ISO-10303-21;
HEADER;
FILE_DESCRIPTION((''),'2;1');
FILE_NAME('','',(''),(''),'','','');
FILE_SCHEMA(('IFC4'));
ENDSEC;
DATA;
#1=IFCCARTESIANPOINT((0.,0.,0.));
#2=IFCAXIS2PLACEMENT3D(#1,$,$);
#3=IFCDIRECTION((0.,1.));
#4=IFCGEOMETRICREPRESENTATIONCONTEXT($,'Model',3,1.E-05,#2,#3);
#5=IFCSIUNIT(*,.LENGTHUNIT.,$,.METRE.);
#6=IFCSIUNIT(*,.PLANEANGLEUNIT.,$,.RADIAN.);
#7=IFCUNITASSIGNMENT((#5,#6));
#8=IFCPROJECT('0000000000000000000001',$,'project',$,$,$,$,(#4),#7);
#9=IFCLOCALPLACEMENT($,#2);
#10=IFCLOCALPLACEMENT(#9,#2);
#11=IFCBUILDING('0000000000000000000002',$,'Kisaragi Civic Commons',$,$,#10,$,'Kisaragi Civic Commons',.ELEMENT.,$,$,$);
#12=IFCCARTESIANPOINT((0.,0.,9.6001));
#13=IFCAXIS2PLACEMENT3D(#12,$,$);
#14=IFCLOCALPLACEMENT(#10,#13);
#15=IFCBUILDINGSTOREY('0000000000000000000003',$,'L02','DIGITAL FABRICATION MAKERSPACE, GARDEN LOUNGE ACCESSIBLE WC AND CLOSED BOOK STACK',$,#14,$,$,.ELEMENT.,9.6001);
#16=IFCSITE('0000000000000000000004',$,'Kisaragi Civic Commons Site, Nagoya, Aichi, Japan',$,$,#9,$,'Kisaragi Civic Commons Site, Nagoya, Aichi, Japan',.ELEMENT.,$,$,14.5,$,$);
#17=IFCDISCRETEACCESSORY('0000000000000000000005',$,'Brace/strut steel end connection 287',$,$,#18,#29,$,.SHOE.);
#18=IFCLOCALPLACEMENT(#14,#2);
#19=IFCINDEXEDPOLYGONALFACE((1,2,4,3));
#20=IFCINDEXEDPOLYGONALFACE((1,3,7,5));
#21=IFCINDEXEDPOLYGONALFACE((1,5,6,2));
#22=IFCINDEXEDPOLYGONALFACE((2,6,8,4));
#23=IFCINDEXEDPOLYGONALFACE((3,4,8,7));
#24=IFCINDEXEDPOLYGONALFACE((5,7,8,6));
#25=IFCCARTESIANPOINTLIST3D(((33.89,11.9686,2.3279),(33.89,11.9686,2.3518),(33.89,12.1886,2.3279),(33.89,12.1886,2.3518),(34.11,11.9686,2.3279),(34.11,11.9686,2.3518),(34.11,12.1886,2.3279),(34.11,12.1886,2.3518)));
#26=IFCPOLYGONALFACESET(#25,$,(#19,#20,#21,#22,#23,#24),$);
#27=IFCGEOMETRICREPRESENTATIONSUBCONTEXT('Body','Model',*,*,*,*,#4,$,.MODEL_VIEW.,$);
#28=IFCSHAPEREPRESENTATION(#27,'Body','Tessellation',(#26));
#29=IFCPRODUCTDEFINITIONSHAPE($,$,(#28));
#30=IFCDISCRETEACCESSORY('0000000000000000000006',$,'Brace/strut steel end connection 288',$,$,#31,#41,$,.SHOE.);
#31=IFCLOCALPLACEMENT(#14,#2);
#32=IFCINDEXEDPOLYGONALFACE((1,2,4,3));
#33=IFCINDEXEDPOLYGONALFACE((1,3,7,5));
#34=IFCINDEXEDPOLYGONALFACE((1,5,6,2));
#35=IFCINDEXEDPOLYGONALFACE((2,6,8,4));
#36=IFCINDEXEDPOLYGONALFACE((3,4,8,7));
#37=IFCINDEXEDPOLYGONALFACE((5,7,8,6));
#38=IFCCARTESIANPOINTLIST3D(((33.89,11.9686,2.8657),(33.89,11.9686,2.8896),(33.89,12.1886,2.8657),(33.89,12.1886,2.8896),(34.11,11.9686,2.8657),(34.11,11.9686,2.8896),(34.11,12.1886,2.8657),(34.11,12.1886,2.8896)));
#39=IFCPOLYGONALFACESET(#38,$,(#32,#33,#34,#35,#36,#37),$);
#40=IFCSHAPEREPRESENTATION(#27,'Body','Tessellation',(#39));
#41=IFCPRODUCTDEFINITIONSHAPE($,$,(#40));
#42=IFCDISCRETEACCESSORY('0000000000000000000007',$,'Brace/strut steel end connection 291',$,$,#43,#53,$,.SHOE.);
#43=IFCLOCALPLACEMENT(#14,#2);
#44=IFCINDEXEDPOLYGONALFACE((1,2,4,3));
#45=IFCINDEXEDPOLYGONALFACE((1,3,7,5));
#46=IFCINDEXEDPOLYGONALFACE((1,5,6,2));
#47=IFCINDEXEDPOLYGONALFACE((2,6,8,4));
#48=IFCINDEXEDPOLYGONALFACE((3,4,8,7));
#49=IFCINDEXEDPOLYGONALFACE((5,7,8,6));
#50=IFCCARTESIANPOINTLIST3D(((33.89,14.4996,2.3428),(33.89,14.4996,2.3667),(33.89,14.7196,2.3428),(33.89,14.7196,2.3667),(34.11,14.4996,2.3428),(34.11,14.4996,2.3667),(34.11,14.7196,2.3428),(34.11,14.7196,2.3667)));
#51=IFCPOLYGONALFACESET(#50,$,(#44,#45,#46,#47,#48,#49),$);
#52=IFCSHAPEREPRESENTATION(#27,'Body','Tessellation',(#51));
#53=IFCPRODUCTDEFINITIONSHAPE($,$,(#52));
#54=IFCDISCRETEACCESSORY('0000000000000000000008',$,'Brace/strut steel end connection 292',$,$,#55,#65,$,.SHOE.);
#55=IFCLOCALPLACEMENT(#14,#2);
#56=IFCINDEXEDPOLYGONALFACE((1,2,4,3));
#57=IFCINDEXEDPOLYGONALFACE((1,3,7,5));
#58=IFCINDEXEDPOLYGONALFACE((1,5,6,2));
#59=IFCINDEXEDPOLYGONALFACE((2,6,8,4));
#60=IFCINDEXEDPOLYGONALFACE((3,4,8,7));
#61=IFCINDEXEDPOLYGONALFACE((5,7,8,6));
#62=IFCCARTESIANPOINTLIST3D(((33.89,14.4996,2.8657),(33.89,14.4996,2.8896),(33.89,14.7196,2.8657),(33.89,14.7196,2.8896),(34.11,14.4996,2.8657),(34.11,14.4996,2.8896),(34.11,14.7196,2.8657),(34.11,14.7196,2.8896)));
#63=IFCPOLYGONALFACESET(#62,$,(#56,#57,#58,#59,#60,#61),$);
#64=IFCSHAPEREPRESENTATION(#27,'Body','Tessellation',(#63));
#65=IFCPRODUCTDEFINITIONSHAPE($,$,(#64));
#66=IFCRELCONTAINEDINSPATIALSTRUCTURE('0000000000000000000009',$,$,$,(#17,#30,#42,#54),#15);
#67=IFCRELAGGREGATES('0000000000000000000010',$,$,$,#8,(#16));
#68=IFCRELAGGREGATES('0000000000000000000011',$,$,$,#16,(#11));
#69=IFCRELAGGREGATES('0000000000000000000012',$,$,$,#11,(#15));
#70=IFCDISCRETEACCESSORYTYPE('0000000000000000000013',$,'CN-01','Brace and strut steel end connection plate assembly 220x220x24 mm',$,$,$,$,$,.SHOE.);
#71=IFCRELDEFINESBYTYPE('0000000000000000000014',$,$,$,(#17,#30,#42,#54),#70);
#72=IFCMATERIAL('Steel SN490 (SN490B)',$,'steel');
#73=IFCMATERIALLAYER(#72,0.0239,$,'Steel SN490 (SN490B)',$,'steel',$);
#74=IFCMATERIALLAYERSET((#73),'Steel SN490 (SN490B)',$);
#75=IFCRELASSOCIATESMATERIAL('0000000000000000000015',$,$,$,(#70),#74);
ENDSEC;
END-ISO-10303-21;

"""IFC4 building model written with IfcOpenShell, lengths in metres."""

from ifc_helpers import new_model, si_unit, direction, frame, origin, origin_2d, place, context, subcontext, project, spatial, rectangle, extrude, material, layer, layer_set, type_object, element, save


model = new_model("IFC4")

# Units and contexts
model_context = context("Model", 3, precision=1e-05, world=origin(), true_north=direction((0.0, 1.0)))
body_context = subcontext(model_context, "Body", "Model", "MODEL_VIEW")
ifc_project = project(units=[si_unit("LENGTHUNIT", "METRE"), si_unit("PLANEANGLEUNIT", "RADIAN")], contexts=[model_context])

# Site, building, storey
site_placement = place(None, origin())
site = spatial("IfcSite", under=ifc_project, at=site_placement, Name="Kisaragi Civic Commons Site, Nagoya, Aichi, Japan", LongName="Kisaragi Civic Commons Site, Nagoya, Aichi, Japan", CompositionType="ELEMENT", RefElevation=14.5)
building_placement = place(site_placement, origin())
building = spatial("IfcBuilding", under=site, at=building_placement, Name="Kisaragi Civic Commons", LongName="Kisaragi Civic Commons", CompositionType="ELEMENT")
storey_placement = place(building_placement, frame((0.0, 0.0, 9.6001)))
storey = spatial("IfcBuildingStorey", under=building, at=storey_placement, Name="L02", Description="DIGITAL FABRICATION MAKERSPACE, GARDEN LOUNGE ACCESSIBLE WC AND CLOSED BOOK STACK", CompositionType="ELEMENT", Elevation=9.6001)

# Shared definitions
ifc_material_1 = material(Name="Steel SN490 (SN490B)", Category="steel")

# Discrete accessories
ifc_layer_1 = layer(ifc_material_1, 0.0239, Name="Steel SN490 (SN490B)", Category="steel")
ifc_layer_set_1 = layer_set([ifc_layer_1], Name="Steel SN490 (SN490B)")
discrete_accessory_type = type_object("IfcDiscreteAccessoryType", Name="CN-01", Description="Brace and strut steel end connection plate assembly 220x220x24 mm", PredefinedType="SHOE", material=ifc_layer_set_1)
for number, where, z_axis, x_axis, name in (
    (1, (34.0, 12.0786, 2.3279), (0.0, 0.0, 1.0), (1.0, 0.0, 0.0), "Brace/strut steel end connection 287"),
    (2, (34.0, 12.0786, 2.8657), (0.0, 0.0, 1.0), (1.0, 0.0, 0.0), "Brace/strut steel end connection 288"),
    (3, (34.0, 14.6096, 2.3428), (0.0, 0.0, 1.0), (1.0, 0.0, 0.0), "Brace/strut steel end connection 291"),
    (4, (34.0, 14.6096, 2.8657), (0.0, 0.0, 1.0), (1.0, 0.0, 0.0), "Brace/strut steel end connection 292"),
):
    element("IfcDiscreteAccessory", number, at=place(storey_placement, frame(where, z_axis=z_axis, x_axis=x_axis)), inside=storey, type_object=discrete_accessory_type, Name=name, PredefinedType="SHOE", context=body_context, shape_type="SweptSolid", body=[
        extrude(rectangle(XDim=0.22, YDim=0.22, at=origin_2d()), origin(), (0.0, 0.0, 1.0), 0.0239),
    ])

save(model, "model.ifc")
